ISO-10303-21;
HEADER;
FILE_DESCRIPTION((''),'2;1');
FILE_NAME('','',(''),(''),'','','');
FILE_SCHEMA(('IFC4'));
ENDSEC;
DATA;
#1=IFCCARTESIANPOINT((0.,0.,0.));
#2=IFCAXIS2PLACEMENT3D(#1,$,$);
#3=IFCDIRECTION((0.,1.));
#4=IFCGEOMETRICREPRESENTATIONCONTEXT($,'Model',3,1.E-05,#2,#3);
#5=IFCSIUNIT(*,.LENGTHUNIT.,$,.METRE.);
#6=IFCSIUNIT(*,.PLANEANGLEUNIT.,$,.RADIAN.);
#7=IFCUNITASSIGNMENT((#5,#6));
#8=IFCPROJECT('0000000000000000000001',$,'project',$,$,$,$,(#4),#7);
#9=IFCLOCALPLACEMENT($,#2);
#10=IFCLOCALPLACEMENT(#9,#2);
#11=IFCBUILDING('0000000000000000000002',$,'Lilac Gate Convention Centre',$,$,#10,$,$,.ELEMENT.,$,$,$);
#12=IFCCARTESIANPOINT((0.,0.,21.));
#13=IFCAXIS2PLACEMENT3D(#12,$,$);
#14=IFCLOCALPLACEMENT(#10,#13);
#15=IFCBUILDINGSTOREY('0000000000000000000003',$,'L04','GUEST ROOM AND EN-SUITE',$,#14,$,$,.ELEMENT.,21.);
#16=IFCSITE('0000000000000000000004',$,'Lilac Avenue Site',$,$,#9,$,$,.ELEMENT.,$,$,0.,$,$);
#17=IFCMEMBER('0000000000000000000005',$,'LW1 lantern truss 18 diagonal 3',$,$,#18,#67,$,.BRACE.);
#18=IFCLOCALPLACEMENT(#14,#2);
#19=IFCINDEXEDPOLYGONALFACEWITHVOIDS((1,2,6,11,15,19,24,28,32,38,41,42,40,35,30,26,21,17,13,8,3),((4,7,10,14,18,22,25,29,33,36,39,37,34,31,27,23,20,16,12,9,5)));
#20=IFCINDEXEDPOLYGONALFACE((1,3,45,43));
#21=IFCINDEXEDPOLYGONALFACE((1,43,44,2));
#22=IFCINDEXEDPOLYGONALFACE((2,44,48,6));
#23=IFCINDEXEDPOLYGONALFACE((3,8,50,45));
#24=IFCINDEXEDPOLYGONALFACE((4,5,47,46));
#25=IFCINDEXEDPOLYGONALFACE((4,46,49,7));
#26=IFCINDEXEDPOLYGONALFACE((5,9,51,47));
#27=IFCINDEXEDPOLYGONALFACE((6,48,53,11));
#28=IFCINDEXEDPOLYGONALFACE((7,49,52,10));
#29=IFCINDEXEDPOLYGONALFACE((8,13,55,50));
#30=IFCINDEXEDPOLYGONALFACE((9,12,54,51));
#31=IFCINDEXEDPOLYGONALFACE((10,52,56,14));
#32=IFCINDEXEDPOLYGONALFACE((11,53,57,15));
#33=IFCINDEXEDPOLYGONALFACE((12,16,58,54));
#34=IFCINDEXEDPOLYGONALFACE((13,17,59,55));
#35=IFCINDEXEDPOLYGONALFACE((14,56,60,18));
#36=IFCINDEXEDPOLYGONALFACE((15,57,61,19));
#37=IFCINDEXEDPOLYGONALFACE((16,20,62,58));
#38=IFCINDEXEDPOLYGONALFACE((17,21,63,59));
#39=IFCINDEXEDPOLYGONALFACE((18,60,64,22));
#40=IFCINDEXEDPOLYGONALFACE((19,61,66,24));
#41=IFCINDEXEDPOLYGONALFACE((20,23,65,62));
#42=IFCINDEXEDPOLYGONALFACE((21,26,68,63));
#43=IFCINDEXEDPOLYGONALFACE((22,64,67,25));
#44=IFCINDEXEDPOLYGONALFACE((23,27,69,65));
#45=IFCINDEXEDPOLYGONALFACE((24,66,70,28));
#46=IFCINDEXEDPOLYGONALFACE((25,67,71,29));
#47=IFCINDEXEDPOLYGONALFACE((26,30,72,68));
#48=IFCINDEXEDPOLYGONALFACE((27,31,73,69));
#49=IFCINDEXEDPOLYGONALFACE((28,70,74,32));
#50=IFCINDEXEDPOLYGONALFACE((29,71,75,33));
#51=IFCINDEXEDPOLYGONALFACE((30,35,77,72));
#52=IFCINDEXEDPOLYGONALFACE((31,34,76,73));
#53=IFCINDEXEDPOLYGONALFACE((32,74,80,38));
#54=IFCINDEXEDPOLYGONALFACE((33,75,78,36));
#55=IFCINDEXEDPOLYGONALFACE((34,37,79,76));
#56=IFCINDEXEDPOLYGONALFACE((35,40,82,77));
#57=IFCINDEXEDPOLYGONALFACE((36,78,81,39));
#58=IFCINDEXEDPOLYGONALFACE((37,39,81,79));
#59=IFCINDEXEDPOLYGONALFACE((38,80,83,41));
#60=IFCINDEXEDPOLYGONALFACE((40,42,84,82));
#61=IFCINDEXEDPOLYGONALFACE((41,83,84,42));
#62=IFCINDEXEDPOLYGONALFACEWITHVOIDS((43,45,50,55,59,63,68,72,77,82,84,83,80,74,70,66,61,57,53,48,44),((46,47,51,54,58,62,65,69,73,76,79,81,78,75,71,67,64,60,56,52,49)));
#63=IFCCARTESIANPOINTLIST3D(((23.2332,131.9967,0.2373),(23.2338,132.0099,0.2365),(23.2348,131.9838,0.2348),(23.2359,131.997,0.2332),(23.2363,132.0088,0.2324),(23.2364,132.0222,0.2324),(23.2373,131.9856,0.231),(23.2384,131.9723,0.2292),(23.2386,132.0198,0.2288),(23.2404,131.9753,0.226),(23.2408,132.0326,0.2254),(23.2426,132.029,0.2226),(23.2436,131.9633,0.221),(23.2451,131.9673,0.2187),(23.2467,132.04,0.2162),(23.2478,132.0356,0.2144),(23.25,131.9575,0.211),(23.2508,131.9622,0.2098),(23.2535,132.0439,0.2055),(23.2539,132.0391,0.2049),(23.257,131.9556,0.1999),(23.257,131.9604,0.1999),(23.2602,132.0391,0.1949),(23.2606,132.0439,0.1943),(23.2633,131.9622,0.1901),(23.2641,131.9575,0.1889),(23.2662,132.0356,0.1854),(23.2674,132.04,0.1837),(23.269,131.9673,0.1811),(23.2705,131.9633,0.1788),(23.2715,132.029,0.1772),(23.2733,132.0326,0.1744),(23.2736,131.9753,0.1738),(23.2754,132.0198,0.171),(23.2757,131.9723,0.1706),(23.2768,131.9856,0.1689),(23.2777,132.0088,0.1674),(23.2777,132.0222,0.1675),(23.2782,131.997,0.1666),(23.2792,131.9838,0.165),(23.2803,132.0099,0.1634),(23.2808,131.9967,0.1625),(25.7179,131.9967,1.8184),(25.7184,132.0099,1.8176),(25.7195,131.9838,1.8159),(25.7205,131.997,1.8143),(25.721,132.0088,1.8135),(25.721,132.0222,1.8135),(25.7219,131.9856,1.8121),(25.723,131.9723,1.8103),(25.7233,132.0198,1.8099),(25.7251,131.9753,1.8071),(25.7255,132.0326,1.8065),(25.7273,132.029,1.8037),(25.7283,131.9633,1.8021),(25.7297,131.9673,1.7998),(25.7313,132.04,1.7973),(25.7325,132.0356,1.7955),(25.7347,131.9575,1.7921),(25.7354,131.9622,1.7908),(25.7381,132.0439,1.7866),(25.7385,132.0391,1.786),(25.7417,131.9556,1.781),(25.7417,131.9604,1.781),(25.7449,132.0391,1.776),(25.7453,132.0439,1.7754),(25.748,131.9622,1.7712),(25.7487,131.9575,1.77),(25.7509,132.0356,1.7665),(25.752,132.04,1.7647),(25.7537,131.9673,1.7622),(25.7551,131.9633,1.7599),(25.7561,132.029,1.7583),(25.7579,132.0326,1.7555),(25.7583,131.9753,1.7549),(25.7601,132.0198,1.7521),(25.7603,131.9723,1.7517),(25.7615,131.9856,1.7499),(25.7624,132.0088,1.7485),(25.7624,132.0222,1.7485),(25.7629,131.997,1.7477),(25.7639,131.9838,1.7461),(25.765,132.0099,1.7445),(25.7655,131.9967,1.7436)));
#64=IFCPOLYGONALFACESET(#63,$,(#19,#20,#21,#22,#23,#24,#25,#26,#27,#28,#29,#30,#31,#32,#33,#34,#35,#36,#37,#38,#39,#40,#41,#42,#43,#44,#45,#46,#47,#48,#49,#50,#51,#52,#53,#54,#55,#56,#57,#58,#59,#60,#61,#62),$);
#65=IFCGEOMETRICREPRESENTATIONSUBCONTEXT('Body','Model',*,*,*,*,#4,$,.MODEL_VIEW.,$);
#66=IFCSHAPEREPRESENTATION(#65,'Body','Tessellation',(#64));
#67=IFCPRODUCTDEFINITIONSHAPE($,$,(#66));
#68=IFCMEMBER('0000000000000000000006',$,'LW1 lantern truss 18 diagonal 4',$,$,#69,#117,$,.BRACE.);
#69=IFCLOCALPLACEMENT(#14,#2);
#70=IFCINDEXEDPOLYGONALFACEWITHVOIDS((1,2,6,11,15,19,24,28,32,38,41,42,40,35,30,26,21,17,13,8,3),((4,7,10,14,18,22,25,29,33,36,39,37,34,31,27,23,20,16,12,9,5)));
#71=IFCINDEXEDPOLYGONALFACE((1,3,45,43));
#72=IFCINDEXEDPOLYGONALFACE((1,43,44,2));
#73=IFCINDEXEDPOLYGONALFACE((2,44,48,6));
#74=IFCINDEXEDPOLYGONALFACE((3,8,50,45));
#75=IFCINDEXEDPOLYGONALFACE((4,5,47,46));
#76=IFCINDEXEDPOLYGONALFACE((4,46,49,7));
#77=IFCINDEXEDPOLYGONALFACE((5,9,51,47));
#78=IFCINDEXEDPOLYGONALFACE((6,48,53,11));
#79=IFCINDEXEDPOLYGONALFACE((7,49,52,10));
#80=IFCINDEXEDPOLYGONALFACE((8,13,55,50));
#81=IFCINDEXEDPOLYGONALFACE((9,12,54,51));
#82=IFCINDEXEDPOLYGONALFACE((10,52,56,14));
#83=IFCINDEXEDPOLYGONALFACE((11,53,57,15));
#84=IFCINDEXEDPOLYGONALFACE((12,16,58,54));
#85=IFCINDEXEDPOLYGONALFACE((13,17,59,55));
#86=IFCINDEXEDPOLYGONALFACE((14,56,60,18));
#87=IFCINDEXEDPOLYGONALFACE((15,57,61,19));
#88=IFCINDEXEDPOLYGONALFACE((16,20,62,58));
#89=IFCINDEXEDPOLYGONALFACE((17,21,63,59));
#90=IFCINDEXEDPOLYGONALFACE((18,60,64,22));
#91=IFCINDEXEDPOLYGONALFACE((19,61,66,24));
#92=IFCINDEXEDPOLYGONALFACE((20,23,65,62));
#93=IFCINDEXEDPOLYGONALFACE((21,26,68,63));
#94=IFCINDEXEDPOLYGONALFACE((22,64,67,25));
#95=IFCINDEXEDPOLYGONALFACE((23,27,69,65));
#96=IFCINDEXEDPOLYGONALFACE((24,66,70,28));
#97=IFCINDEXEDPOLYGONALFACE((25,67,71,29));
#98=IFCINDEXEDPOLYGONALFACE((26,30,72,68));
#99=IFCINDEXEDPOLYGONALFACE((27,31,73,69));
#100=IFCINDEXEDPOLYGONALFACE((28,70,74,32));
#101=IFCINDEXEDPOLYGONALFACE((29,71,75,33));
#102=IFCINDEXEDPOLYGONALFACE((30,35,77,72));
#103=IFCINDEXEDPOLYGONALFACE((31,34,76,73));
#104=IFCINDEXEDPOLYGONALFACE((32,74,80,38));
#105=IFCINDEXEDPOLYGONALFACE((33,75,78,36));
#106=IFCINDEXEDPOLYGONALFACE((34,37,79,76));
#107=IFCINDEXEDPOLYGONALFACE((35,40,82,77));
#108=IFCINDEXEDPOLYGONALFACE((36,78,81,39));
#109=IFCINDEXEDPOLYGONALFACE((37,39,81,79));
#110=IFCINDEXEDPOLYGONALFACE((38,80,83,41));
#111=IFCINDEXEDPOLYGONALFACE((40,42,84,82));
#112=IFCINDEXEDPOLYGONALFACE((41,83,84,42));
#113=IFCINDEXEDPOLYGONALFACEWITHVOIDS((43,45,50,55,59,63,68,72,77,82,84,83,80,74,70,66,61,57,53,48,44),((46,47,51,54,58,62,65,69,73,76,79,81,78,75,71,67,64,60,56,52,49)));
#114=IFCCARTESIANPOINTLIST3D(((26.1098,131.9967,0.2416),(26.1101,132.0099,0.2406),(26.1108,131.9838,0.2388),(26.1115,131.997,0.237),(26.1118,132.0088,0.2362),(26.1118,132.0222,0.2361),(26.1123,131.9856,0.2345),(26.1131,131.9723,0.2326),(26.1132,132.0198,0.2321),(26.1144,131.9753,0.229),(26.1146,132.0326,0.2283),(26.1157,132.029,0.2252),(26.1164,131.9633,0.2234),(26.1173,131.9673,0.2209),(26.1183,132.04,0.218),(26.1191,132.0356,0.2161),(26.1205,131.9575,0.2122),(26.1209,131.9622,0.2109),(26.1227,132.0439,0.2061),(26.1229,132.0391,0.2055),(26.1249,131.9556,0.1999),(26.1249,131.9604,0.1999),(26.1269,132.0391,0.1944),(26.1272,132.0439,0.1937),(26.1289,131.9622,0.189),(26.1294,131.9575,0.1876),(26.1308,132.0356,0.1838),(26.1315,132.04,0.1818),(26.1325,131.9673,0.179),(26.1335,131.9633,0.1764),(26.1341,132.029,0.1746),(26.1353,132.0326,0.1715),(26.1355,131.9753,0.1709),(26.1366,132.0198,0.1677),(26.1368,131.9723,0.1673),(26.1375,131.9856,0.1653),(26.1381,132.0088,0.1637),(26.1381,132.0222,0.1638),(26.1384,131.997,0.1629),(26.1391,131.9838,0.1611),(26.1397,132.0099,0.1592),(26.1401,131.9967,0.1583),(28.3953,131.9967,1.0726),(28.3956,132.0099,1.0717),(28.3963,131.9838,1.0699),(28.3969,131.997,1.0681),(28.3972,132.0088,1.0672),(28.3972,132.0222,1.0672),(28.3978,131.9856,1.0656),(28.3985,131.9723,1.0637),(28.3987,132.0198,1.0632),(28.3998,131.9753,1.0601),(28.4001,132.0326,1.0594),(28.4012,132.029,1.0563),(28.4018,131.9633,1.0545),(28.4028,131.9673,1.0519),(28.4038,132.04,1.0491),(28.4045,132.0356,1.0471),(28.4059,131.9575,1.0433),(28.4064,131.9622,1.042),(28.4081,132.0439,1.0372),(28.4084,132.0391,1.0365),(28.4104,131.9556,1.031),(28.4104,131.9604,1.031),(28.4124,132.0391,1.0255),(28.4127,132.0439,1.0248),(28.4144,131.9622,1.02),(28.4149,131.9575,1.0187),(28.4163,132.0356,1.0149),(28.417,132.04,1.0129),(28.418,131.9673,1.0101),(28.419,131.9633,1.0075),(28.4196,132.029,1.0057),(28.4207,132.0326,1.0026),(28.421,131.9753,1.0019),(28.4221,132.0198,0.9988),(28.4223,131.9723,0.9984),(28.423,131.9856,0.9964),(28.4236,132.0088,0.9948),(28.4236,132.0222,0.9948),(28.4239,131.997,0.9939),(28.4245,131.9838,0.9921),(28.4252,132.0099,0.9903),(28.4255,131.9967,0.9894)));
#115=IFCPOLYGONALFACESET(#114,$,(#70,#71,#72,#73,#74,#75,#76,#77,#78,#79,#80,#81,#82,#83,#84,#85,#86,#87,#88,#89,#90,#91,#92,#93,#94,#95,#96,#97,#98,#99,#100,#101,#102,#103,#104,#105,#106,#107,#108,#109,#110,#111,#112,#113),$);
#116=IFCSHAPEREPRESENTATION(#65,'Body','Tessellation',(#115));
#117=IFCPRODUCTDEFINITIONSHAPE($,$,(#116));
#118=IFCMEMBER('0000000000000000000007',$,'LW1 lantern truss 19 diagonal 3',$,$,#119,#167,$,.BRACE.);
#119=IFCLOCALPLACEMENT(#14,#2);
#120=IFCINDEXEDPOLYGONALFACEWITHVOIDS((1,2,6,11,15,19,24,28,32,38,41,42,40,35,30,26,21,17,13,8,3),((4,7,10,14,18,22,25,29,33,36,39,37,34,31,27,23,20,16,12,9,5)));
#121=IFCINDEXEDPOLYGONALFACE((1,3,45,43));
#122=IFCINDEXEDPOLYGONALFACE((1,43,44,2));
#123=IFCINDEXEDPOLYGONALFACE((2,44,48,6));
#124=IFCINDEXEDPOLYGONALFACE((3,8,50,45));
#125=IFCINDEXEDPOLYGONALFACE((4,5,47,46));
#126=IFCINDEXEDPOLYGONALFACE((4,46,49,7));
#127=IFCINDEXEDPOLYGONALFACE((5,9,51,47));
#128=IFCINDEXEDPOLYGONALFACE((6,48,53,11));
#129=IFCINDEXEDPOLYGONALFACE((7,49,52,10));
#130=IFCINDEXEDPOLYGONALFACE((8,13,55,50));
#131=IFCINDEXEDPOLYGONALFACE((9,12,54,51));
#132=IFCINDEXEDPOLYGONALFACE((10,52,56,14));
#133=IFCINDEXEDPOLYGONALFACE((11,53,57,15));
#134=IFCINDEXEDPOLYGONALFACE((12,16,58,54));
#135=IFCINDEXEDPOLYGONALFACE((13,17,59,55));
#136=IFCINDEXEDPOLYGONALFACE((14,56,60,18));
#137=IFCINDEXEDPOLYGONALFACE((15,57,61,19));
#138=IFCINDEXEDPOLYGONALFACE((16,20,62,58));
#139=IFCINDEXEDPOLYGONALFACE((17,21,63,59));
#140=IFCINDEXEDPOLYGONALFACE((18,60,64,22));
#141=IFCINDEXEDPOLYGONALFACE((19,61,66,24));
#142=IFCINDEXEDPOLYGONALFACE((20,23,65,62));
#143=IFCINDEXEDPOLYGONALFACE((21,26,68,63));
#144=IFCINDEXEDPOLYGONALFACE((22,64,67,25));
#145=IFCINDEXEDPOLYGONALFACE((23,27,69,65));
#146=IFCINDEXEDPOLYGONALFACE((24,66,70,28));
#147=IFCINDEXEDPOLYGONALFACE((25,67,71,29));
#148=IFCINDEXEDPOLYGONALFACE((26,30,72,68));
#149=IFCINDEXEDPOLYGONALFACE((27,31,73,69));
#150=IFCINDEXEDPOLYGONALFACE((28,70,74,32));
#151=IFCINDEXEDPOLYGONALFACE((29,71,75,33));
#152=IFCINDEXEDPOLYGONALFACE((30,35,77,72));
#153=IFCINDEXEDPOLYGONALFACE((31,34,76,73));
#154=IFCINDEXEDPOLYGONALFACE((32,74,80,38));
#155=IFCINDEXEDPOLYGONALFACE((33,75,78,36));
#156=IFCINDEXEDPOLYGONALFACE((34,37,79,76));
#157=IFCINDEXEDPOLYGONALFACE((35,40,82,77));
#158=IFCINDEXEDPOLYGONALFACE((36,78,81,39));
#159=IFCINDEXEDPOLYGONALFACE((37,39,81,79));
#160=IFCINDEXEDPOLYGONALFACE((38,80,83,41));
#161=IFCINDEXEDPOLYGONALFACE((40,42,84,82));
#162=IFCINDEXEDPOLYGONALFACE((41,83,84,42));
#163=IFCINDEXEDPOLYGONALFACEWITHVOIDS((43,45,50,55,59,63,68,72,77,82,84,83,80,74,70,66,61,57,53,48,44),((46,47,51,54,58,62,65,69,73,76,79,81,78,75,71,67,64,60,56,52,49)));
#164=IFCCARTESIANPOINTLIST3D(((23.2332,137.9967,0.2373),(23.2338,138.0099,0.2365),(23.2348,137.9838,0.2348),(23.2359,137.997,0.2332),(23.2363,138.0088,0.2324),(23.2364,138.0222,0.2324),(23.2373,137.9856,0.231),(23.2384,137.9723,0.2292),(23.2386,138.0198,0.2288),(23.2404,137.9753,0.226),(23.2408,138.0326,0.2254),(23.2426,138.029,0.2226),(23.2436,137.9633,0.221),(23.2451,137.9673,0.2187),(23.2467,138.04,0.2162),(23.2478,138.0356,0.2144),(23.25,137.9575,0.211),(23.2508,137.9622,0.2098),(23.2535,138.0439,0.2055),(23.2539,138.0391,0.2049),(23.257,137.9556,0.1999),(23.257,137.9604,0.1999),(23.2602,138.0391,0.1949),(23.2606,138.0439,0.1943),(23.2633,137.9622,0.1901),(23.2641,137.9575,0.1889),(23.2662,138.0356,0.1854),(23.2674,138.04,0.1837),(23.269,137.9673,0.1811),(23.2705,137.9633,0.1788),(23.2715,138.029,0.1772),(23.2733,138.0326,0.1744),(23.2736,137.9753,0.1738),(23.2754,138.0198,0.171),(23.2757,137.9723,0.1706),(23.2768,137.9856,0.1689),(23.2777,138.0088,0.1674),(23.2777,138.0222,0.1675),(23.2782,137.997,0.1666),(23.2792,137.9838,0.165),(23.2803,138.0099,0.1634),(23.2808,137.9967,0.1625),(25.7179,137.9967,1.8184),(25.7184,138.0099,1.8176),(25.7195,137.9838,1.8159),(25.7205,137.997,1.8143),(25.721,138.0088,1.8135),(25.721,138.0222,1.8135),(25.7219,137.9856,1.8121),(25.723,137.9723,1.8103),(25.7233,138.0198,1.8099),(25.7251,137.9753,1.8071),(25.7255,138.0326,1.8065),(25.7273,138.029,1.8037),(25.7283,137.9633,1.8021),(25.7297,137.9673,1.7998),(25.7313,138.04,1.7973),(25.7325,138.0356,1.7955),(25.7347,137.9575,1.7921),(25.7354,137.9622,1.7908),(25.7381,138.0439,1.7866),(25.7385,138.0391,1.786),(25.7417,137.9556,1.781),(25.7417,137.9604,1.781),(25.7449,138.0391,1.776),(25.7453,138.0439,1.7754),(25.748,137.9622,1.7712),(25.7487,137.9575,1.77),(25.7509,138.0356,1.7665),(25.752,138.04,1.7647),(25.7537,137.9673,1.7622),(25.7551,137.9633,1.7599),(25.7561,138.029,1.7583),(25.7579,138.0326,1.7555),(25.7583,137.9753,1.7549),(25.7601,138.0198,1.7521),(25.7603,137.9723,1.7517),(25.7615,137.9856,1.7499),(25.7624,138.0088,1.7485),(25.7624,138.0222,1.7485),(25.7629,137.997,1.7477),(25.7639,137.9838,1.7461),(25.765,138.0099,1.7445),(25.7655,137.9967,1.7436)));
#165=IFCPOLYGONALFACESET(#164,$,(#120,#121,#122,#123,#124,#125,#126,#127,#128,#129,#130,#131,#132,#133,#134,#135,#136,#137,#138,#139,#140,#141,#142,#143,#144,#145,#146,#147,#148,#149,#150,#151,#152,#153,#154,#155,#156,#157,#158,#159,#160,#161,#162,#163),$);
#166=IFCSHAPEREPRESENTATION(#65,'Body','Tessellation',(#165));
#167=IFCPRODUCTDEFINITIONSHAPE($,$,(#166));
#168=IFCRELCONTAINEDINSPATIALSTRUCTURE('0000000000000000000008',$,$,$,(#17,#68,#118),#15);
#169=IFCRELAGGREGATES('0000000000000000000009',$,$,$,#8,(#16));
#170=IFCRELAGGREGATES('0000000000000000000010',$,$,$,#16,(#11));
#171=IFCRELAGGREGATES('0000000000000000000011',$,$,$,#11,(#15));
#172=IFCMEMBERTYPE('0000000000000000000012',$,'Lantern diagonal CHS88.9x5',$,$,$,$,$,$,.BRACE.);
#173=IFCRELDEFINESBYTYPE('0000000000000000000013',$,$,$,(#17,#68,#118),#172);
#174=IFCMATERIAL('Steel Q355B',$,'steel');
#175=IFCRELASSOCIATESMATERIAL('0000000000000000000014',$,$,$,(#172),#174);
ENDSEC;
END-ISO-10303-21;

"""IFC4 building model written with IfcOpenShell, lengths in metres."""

from ifc_helpers import new_model, si_unit, direction, frame, origin, origin_2d, place, context, subcontext, project, spatial, hollow_circle, extrude, material, material_profile, profile_set, type_object, element, save


model = new_model("IFC4")

# Units and contexts
model_context = context("Model", 3, precision=1e-05, world=origin(), true_north=direction((0.0, 1.0)))
body_context = subcontext(model_context, "Body", "Model", "MODEL_VIEW")
ifc_project = project(units=[si_unit("LENGTHUNIT", "METRE"), si_unit("PLANEANGLEUNIT", "RADIAN")], contexts=[model_context])

# Site, building, storey
site_placement = place(None, origin())
site = spatial("IfcSite", under=ifc_project, at=site_placement, Name="Lilac Avenue Site", CompositionType="ELEMENT", RefElevation=0.0)
building_placement = place(site_placement, origin())
building = spatial("IfcBuilding", under=site, at=building_placement, Name="Lilac Gate Convention Centre", CompositionType="ELEMENT")
storey_placement = place(building_placement, frame((0.0, 0.0, 21.0)))
storey = spatial("IfcBuildingStorey", under=building, at=storey_placement, Name="L04", Description="GUEST ROOM AND EN-SUITE", CompositionType="ELEMENT", Elevation=21.0)

# Members
ifc_material_1 = material(Name="Steel Q355B", Category="steel")
ifc_material_profile_1 = material_profile(ifc_material_1, hollow_circle(Radius=0.0444, WallThickness=0.0049, at=origin_2d()), Name="CHS88.9x5")
ifc_profile_set_1 = profile_set([ifc_material_profile_1], Name="Steel Q355B")
member_type_1 = type_object("IfcMemberType", Name="Lantern diagonal CHS88.9x5", PredefinedType="BRACE", material=ifc_profile_set_1)
member_1_placement = place(storey_placement, frame((25.7417, 132.0, 1.781), z_axis=(-0.843672, 0.0, -0.536859), x_axis=(0.0, -1.0, 0.0)))
element("IfcMember", 1, at=member_1_placement, inside=storey, type_object=member_type_1, Name="LW1 lantern truss 18 diagonal 3", PredefinedType="BRACE", context=body_context, shape_type="SweptSolid", body=[
    extrude(hollow_circle(Radius=0.0444, WallThickness=0.0049, at=origin_2d()), origin(), (0.0, 0.0, 1.0), 2.9451),
])
member_2_placement = place(storey_placement, frame((28.4104, 132.0, 1.031), z_axis=(-0.939793, 0.0, -0.341743), x_axis=(0.0, -1.0, 0.0)))
element("IfcMember", 2, at=member_2_placement, inside=storey, type_object=member_type_1, Name="LW1 lantern truss 18 diagonal 4", PredefinedType="BRACE", context=body_context, shape_type="SweptSolid", body=[
    extrude(hollow_circle(Radius=0.0444, WallThickness=0.0049, at=origin_2d()), origin(), (0.0, 0.0, 1.0), 2.4319),
])
member_3_placement = place(storey_placement, frame((25.7417, 138.0, 1.781), z_axis=(-0.843672, 0.0, -0.536859), x_axis=(0.0, -1.0, 0.0)))
element("IfcMember", 3, at=member_3_placement, inside=storey, type_object=member_type_1, Name="LW1 lantern truss 19 diagonal 3", PredefinedType="BRACE", context=body_context, shape_type="SweptSolid", body=[
    extrude(hollow_circle(Radius=0.0444, WallThickness=0.0049, at=origin_2d()), origin(), (0.0, 0.0, 1.0), 2.9451),
])

save(model, "model.ifc")
